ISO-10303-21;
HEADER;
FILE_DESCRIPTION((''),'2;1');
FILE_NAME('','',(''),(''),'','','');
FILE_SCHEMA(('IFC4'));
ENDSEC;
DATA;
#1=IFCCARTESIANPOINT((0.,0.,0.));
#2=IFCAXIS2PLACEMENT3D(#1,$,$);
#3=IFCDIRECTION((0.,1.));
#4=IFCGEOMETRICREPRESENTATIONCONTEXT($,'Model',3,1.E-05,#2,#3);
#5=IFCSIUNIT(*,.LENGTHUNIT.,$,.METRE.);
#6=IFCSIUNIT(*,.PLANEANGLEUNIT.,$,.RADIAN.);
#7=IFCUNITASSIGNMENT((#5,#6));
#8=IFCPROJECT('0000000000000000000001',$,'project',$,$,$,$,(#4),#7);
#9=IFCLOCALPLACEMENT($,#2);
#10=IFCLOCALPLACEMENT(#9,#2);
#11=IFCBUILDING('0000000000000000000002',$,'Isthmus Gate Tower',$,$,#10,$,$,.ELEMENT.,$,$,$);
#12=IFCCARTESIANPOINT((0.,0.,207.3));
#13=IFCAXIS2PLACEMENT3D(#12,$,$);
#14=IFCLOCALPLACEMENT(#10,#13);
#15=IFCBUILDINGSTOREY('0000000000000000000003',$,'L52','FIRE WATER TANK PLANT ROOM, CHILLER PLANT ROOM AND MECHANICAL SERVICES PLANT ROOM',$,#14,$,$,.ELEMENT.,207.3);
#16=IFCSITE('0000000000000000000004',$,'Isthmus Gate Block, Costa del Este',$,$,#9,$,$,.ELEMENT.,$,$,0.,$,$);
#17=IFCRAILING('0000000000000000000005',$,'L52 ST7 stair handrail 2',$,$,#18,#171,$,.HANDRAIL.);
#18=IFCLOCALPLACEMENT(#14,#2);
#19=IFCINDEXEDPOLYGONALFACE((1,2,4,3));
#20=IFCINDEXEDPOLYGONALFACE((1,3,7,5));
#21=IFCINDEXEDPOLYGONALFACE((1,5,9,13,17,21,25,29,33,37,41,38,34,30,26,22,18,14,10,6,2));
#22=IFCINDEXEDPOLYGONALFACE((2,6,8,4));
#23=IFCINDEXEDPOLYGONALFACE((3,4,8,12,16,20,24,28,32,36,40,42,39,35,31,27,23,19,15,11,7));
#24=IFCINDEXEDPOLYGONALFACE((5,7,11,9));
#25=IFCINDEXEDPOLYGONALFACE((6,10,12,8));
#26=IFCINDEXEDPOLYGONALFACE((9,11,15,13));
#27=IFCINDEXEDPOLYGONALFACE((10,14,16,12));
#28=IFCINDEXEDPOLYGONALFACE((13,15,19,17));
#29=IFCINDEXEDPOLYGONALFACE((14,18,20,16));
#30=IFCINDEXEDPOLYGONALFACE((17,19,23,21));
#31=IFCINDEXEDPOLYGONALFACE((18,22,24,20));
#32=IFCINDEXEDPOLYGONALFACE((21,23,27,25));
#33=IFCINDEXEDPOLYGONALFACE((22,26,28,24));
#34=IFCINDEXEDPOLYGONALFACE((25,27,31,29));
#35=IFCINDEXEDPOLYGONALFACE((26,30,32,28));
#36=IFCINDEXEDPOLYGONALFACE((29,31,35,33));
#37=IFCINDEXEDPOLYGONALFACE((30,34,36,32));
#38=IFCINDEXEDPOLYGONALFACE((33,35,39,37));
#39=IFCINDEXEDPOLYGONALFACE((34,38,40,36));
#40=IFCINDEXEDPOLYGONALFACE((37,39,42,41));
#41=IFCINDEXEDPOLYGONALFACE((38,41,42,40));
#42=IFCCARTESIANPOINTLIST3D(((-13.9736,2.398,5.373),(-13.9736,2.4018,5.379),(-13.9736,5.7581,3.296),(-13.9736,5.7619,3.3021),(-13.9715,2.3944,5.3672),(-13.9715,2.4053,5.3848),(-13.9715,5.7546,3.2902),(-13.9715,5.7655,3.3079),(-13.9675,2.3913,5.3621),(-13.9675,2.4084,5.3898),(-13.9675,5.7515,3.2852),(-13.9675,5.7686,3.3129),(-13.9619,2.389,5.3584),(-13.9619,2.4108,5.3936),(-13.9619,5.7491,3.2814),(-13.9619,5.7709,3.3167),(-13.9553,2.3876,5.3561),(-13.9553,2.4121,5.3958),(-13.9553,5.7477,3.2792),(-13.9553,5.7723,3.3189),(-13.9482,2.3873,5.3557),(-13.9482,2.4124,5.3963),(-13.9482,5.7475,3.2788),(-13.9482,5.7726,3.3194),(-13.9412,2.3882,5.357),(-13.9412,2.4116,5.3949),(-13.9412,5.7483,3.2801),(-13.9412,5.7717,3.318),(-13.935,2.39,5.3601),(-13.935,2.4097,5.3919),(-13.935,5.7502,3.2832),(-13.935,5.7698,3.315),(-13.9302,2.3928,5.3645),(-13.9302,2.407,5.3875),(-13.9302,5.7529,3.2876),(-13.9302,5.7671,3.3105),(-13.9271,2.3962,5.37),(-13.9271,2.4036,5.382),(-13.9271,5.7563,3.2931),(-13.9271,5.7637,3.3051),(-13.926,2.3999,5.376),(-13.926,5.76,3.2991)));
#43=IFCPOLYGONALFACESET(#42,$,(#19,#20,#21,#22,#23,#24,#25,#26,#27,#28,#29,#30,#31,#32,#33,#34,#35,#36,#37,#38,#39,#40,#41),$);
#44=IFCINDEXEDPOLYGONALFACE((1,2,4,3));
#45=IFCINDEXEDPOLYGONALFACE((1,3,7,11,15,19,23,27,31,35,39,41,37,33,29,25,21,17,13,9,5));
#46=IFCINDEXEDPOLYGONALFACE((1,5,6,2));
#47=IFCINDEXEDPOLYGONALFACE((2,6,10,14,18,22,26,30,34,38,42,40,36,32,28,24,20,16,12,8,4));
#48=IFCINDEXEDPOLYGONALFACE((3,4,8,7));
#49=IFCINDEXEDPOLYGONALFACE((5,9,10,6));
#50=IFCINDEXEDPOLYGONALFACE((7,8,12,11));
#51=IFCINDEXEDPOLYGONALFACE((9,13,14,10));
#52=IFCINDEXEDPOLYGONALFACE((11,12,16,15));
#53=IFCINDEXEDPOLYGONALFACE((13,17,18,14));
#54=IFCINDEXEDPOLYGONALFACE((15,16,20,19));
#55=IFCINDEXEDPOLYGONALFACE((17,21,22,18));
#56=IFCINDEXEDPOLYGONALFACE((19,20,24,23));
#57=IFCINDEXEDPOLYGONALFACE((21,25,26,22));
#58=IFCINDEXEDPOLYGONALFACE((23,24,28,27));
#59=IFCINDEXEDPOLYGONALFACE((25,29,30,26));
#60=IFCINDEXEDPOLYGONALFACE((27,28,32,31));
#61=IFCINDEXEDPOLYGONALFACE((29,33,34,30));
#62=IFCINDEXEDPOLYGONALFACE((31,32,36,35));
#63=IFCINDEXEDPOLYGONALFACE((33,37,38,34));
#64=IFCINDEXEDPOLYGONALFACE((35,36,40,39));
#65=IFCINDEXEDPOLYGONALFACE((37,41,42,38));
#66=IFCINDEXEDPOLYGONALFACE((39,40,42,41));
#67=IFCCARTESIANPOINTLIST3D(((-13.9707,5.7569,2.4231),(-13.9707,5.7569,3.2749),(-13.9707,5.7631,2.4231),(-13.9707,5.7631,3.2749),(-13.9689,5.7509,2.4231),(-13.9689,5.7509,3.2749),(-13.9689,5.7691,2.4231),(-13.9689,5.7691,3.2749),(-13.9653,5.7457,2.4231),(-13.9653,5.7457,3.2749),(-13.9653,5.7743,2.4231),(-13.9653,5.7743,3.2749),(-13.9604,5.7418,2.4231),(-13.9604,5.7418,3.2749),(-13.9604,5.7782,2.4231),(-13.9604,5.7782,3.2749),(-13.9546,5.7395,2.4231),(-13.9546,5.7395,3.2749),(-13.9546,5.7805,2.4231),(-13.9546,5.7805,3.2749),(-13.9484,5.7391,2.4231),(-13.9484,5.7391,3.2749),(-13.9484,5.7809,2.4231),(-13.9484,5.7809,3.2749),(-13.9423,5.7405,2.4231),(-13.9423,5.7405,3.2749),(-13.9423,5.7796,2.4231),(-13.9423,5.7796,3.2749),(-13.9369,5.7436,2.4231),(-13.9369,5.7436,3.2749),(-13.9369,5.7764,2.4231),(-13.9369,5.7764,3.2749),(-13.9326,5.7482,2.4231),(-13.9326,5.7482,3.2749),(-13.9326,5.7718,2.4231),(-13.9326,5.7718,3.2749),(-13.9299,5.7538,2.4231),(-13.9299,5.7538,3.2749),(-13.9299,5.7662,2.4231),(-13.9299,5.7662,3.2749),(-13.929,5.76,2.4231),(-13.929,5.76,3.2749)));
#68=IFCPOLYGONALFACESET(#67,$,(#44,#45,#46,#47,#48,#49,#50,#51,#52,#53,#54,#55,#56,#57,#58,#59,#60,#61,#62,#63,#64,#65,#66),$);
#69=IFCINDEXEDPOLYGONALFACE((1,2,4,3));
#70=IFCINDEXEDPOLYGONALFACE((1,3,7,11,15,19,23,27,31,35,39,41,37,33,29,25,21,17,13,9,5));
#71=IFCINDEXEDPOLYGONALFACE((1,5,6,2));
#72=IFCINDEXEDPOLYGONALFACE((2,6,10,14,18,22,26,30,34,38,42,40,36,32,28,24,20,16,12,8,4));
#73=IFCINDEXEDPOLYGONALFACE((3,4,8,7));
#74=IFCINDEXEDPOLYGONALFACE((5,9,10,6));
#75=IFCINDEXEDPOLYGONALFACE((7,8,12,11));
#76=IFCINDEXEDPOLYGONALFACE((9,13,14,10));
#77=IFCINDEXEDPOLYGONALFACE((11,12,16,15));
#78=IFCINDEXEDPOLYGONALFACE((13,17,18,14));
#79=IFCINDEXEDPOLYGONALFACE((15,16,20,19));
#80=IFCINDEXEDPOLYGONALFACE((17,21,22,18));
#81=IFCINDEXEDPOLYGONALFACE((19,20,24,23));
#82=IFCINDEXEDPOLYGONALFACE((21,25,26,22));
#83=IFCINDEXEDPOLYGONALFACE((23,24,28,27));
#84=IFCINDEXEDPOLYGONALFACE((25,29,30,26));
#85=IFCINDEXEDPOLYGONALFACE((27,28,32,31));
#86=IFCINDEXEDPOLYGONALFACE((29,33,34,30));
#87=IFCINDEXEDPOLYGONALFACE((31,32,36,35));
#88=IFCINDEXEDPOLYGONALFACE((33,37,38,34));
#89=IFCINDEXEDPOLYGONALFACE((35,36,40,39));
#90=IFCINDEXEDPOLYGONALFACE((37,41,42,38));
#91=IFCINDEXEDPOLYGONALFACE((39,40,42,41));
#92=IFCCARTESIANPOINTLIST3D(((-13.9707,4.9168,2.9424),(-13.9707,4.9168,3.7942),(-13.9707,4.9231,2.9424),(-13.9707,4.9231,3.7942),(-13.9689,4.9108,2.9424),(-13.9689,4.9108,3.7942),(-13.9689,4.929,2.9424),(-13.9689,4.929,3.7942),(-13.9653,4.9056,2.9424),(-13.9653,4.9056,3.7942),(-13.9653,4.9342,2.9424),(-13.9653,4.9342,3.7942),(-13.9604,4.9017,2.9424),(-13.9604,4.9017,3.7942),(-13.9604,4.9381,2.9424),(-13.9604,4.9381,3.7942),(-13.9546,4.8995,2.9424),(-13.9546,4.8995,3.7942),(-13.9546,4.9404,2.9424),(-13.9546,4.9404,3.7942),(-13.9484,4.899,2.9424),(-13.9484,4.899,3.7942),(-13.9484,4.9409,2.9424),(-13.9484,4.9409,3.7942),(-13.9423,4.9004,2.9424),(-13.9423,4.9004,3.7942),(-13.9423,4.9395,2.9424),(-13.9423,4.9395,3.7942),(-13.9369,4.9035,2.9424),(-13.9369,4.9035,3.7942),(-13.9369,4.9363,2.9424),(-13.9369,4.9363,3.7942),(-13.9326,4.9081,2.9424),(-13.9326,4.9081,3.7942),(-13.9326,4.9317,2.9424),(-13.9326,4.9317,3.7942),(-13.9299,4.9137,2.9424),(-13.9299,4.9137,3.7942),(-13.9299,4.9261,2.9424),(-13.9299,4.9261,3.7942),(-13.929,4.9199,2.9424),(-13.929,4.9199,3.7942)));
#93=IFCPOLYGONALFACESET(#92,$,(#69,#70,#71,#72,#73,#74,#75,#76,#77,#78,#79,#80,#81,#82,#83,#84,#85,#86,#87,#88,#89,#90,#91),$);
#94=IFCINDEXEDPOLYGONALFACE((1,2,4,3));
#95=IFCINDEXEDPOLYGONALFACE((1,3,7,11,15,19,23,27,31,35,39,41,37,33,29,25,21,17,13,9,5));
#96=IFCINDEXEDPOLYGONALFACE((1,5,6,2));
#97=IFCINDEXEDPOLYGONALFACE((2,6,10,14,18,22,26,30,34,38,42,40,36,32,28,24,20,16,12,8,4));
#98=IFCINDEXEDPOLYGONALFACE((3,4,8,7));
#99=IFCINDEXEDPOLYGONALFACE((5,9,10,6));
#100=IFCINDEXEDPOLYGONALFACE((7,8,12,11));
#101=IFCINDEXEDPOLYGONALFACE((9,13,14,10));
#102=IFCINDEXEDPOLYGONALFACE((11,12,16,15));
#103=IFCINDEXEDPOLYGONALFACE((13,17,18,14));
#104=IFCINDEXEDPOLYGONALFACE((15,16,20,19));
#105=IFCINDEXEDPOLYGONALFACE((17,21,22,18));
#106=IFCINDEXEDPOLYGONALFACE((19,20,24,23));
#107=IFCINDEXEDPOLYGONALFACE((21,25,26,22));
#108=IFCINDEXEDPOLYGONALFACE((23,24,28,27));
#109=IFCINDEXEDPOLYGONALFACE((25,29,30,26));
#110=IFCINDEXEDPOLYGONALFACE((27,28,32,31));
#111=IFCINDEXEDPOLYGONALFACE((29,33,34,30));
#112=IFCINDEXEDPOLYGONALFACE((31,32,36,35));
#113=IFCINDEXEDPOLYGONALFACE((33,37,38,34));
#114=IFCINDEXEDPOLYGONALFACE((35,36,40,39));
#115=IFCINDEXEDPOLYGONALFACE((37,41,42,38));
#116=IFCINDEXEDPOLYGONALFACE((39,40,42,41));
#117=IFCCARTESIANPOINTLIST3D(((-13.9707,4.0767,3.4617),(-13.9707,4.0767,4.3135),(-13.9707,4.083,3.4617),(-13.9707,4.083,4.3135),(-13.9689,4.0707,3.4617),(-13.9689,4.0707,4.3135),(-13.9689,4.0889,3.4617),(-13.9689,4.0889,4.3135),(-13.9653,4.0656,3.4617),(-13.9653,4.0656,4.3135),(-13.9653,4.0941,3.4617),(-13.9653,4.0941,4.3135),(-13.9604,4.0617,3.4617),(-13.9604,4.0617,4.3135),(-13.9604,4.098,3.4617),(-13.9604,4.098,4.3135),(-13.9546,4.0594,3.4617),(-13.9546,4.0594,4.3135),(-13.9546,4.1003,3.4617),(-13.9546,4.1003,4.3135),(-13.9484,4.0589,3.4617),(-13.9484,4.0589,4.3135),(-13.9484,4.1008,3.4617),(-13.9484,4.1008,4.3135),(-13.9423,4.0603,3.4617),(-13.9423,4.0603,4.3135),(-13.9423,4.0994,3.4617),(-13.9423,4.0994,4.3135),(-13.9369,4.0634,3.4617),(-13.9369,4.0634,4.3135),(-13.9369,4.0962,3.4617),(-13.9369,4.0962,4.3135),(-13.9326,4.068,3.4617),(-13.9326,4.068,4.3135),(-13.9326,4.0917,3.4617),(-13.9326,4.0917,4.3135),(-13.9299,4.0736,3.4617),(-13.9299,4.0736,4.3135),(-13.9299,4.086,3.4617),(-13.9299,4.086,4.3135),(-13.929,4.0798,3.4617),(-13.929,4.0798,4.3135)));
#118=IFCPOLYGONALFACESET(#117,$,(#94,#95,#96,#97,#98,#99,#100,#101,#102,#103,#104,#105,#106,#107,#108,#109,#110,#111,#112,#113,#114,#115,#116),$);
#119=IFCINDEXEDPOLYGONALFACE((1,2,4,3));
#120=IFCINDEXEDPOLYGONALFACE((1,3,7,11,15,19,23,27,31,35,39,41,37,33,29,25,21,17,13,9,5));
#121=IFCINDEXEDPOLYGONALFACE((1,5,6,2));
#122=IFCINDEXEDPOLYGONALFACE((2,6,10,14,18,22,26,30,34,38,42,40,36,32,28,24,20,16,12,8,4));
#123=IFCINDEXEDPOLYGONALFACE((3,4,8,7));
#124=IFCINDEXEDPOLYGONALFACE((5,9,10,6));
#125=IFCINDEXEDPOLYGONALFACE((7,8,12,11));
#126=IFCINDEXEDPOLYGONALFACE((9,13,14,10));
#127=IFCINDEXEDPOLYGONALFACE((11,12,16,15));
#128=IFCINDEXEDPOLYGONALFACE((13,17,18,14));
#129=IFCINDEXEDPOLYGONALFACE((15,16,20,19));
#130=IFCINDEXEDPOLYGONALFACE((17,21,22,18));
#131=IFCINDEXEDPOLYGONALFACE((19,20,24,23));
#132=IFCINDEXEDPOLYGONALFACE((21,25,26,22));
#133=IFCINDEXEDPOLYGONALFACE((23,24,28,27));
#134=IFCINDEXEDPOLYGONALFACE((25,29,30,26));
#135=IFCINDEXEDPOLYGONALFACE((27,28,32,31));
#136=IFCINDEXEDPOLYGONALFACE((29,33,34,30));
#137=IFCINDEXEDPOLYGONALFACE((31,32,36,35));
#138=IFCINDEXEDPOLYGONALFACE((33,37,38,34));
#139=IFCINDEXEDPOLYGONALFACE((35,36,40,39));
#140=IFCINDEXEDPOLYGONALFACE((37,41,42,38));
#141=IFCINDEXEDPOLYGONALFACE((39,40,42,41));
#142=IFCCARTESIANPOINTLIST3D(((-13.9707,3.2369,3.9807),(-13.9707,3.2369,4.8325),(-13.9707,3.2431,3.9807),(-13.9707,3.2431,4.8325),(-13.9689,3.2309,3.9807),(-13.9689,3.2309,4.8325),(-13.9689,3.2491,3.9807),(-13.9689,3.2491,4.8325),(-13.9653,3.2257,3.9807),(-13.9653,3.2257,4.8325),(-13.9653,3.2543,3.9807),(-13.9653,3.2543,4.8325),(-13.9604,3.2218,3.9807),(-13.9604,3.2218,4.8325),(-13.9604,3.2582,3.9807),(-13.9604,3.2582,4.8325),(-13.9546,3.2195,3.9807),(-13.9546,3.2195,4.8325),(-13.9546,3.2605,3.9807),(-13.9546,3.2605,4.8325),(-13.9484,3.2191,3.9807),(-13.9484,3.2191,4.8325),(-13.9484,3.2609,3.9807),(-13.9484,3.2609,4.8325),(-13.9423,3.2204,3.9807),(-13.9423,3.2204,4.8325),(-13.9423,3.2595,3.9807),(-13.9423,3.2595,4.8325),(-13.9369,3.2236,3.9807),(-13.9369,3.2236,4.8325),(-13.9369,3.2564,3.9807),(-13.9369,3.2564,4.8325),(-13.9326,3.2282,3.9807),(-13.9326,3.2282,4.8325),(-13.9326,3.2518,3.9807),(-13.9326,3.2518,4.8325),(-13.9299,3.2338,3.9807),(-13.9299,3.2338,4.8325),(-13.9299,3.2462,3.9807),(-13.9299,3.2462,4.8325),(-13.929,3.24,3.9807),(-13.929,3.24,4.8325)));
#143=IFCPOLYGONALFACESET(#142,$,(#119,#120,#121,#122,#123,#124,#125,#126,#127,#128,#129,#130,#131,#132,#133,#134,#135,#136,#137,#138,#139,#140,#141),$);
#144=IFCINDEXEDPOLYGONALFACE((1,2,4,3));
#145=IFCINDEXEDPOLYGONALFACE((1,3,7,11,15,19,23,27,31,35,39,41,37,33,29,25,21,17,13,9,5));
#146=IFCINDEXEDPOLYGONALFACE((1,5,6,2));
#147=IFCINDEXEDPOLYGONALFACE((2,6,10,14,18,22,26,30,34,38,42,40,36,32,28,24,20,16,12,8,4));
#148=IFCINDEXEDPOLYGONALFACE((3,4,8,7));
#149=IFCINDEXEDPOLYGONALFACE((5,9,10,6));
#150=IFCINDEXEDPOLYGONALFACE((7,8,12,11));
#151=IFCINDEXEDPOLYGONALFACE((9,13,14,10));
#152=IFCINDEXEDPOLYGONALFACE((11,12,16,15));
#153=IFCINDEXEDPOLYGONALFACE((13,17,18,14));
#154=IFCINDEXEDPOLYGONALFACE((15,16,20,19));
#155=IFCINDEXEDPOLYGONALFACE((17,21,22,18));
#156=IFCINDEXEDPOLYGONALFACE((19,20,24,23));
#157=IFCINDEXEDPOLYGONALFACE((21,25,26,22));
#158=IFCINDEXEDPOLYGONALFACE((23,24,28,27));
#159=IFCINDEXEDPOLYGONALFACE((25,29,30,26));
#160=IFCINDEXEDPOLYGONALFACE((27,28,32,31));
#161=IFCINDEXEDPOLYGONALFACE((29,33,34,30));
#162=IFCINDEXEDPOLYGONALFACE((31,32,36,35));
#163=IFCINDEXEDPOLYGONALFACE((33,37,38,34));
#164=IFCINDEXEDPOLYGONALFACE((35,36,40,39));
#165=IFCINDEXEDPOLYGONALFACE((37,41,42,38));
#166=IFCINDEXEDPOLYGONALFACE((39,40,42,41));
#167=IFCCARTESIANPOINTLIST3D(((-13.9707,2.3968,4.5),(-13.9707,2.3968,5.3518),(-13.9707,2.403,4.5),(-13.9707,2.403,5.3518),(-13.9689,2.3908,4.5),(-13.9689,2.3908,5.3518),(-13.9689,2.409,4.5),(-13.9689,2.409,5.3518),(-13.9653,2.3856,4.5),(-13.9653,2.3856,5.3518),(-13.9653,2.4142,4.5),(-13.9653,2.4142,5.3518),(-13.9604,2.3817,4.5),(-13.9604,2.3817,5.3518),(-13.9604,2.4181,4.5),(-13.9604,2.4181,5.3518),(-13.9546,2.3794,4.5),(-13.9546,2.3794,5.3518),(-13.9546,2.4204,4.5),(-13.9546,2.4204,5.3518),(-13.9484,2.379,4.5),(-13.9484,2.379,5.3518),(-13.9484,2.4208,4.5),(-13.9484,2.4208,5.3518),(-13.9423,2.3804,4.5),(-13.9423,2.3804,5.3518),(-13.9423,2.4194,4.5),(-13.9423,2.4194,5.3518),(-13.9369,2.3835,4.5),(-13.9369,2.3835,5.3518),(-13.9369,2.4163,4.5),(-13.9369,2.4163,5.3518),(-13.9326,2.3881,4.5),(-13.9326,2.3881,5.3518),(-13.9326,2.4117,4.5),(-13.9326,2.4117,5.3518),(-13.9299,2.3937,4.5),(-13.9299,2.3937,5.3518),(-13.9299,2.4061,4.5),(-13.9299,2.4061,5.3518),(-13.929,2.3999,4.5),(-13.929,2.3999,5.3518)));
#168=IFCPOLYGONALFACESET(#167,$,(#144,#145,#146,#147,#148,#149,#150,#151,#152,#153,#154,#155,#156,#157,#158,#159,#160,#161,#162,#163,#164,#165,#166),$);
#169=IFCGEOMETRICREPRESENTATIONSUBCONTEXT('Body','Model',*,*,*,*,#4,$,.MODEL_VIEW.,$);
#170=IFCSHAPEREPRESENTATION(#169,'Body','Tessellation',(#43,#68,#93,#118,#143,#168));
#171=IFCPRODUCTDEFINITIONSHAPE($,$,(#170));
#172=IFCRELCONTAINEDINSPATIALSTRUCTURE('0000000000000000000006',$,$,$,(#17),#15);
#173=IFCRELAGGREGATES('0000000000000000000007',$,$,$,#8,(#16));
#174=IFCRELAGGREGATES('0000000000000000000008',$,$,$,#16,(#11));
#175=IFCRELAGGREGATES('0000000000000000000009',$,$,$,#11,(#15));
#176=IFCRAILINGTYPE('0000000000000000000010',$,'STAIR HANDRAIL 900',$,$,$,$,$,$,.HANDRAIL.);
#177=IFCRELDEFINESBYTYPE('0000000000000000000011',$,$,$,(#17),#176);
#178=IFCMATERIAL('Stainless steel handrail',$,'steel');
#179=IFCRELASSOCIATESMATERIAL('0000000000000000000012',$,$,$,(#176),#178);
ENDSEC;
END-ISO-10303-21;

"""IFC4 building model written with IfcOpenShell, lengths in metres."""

from ifc_helpers import new_model, si_unit, direction, frame, origin, origin_2d, place, context, subcontext, project, spatial, circle, extrude, material, type_object, element, save


model = new_model("IFC4")

# Units and contexts
model_context = context("Model", 3, precision=1e-05, world=origin(), true_north=direction((0.0, 1.0)))
body_context = subcontext(model_context, "Body", "Model", "MODEL_VIEW")
ifc_project = project(units=[si_unit("LENGTHUNIT", "METRE"), si_unit("PLANEANGLEUNIT", "RADIAN")], contexts=[model_context])

# Site, building, storey
site_placement = place(None, origin())
site = spatial("IfcSite", under=ifc_project, at=site_placement, Name="Isthmus Gate Block, Costa del Este", CompositionType="ELEMENT", RefElevation=0.0)
building_placement = place(site_placement, origin())
building = spatial("IfcBuilding", under=site, at=building_placement, Name="Isthmus Gate Tower", CompositionType="ELEMENT")
storey_placement = place(building_placement, frame((0.0, 0.0, 207.3)))
storey = spatial("IfcBuildingStorey", under=building, at=storey_placement, Name="L52", Description="FIRE WATER TANK PLANT ROOM, CHILLER PLANT ROOM AND MECHANICAL SERVICES PLANT ROOM", CompositionType="ELEMENT", Elevation=207.3)

# Railing
ifc_material_1 = material(Name="Stainless steel handrail", Category="steel")
railing_type_1 = type_object("IfcRailingType", Name="STAIR HANDRAIL 900", PredefinedType="HANDRAIL", material=ifc_material_1)
railing_1_placement = place(storey_placement, frame((-13.95, 5.76, 2.4231)))
element("IfcRailing", 1, at=railing_1_placement, inside=storey, type_object=railing_type_1, Name="L52 ST7 stair handrail 2", PredefinedType="HANDRAIL", context=body_context, shape_type="SweptSolid", body=[
    extrude(circle(Radius=0.0239, at=origin_2d()), frame((0.0, 0.0, 0.876), z_axis=(0.0, -0.850623, 0.525776), x_axis=(1.0, 0.0, 0.0)), (0.0, 0.0, 1.0), 3.9502),
    extrude(circle(Radius=0.021, at=origin_2d()), origin(), (0.0, 0.0, 1.0), 0.8518),
    extrude(circle(Radius=0.021, at=origin_2d()), frame((0.0, -0.8401, 0.5193)), (0.0, 0.0, 1.0), 0.8518),
    extrude(circle(Radius=0.021, at=origin_2d()), frame((0.0, -1.6802, 1.0386)), (0.0, 0.0, 1.0), 0.8518),
    extrude(circle(Radius=0.021, at=origin_2d()), frame((0.0, -2.52, 1.5576)), (0.0, 0.0, 1.0), 0.8518),
    extrude(circle(Radius=0.021, at=origin_2d()), frame((0.0, -3.3601, 2.0769)), (0.0, 0.0, 1.0), 0.8518),
])

save(model, "model.ifc")
